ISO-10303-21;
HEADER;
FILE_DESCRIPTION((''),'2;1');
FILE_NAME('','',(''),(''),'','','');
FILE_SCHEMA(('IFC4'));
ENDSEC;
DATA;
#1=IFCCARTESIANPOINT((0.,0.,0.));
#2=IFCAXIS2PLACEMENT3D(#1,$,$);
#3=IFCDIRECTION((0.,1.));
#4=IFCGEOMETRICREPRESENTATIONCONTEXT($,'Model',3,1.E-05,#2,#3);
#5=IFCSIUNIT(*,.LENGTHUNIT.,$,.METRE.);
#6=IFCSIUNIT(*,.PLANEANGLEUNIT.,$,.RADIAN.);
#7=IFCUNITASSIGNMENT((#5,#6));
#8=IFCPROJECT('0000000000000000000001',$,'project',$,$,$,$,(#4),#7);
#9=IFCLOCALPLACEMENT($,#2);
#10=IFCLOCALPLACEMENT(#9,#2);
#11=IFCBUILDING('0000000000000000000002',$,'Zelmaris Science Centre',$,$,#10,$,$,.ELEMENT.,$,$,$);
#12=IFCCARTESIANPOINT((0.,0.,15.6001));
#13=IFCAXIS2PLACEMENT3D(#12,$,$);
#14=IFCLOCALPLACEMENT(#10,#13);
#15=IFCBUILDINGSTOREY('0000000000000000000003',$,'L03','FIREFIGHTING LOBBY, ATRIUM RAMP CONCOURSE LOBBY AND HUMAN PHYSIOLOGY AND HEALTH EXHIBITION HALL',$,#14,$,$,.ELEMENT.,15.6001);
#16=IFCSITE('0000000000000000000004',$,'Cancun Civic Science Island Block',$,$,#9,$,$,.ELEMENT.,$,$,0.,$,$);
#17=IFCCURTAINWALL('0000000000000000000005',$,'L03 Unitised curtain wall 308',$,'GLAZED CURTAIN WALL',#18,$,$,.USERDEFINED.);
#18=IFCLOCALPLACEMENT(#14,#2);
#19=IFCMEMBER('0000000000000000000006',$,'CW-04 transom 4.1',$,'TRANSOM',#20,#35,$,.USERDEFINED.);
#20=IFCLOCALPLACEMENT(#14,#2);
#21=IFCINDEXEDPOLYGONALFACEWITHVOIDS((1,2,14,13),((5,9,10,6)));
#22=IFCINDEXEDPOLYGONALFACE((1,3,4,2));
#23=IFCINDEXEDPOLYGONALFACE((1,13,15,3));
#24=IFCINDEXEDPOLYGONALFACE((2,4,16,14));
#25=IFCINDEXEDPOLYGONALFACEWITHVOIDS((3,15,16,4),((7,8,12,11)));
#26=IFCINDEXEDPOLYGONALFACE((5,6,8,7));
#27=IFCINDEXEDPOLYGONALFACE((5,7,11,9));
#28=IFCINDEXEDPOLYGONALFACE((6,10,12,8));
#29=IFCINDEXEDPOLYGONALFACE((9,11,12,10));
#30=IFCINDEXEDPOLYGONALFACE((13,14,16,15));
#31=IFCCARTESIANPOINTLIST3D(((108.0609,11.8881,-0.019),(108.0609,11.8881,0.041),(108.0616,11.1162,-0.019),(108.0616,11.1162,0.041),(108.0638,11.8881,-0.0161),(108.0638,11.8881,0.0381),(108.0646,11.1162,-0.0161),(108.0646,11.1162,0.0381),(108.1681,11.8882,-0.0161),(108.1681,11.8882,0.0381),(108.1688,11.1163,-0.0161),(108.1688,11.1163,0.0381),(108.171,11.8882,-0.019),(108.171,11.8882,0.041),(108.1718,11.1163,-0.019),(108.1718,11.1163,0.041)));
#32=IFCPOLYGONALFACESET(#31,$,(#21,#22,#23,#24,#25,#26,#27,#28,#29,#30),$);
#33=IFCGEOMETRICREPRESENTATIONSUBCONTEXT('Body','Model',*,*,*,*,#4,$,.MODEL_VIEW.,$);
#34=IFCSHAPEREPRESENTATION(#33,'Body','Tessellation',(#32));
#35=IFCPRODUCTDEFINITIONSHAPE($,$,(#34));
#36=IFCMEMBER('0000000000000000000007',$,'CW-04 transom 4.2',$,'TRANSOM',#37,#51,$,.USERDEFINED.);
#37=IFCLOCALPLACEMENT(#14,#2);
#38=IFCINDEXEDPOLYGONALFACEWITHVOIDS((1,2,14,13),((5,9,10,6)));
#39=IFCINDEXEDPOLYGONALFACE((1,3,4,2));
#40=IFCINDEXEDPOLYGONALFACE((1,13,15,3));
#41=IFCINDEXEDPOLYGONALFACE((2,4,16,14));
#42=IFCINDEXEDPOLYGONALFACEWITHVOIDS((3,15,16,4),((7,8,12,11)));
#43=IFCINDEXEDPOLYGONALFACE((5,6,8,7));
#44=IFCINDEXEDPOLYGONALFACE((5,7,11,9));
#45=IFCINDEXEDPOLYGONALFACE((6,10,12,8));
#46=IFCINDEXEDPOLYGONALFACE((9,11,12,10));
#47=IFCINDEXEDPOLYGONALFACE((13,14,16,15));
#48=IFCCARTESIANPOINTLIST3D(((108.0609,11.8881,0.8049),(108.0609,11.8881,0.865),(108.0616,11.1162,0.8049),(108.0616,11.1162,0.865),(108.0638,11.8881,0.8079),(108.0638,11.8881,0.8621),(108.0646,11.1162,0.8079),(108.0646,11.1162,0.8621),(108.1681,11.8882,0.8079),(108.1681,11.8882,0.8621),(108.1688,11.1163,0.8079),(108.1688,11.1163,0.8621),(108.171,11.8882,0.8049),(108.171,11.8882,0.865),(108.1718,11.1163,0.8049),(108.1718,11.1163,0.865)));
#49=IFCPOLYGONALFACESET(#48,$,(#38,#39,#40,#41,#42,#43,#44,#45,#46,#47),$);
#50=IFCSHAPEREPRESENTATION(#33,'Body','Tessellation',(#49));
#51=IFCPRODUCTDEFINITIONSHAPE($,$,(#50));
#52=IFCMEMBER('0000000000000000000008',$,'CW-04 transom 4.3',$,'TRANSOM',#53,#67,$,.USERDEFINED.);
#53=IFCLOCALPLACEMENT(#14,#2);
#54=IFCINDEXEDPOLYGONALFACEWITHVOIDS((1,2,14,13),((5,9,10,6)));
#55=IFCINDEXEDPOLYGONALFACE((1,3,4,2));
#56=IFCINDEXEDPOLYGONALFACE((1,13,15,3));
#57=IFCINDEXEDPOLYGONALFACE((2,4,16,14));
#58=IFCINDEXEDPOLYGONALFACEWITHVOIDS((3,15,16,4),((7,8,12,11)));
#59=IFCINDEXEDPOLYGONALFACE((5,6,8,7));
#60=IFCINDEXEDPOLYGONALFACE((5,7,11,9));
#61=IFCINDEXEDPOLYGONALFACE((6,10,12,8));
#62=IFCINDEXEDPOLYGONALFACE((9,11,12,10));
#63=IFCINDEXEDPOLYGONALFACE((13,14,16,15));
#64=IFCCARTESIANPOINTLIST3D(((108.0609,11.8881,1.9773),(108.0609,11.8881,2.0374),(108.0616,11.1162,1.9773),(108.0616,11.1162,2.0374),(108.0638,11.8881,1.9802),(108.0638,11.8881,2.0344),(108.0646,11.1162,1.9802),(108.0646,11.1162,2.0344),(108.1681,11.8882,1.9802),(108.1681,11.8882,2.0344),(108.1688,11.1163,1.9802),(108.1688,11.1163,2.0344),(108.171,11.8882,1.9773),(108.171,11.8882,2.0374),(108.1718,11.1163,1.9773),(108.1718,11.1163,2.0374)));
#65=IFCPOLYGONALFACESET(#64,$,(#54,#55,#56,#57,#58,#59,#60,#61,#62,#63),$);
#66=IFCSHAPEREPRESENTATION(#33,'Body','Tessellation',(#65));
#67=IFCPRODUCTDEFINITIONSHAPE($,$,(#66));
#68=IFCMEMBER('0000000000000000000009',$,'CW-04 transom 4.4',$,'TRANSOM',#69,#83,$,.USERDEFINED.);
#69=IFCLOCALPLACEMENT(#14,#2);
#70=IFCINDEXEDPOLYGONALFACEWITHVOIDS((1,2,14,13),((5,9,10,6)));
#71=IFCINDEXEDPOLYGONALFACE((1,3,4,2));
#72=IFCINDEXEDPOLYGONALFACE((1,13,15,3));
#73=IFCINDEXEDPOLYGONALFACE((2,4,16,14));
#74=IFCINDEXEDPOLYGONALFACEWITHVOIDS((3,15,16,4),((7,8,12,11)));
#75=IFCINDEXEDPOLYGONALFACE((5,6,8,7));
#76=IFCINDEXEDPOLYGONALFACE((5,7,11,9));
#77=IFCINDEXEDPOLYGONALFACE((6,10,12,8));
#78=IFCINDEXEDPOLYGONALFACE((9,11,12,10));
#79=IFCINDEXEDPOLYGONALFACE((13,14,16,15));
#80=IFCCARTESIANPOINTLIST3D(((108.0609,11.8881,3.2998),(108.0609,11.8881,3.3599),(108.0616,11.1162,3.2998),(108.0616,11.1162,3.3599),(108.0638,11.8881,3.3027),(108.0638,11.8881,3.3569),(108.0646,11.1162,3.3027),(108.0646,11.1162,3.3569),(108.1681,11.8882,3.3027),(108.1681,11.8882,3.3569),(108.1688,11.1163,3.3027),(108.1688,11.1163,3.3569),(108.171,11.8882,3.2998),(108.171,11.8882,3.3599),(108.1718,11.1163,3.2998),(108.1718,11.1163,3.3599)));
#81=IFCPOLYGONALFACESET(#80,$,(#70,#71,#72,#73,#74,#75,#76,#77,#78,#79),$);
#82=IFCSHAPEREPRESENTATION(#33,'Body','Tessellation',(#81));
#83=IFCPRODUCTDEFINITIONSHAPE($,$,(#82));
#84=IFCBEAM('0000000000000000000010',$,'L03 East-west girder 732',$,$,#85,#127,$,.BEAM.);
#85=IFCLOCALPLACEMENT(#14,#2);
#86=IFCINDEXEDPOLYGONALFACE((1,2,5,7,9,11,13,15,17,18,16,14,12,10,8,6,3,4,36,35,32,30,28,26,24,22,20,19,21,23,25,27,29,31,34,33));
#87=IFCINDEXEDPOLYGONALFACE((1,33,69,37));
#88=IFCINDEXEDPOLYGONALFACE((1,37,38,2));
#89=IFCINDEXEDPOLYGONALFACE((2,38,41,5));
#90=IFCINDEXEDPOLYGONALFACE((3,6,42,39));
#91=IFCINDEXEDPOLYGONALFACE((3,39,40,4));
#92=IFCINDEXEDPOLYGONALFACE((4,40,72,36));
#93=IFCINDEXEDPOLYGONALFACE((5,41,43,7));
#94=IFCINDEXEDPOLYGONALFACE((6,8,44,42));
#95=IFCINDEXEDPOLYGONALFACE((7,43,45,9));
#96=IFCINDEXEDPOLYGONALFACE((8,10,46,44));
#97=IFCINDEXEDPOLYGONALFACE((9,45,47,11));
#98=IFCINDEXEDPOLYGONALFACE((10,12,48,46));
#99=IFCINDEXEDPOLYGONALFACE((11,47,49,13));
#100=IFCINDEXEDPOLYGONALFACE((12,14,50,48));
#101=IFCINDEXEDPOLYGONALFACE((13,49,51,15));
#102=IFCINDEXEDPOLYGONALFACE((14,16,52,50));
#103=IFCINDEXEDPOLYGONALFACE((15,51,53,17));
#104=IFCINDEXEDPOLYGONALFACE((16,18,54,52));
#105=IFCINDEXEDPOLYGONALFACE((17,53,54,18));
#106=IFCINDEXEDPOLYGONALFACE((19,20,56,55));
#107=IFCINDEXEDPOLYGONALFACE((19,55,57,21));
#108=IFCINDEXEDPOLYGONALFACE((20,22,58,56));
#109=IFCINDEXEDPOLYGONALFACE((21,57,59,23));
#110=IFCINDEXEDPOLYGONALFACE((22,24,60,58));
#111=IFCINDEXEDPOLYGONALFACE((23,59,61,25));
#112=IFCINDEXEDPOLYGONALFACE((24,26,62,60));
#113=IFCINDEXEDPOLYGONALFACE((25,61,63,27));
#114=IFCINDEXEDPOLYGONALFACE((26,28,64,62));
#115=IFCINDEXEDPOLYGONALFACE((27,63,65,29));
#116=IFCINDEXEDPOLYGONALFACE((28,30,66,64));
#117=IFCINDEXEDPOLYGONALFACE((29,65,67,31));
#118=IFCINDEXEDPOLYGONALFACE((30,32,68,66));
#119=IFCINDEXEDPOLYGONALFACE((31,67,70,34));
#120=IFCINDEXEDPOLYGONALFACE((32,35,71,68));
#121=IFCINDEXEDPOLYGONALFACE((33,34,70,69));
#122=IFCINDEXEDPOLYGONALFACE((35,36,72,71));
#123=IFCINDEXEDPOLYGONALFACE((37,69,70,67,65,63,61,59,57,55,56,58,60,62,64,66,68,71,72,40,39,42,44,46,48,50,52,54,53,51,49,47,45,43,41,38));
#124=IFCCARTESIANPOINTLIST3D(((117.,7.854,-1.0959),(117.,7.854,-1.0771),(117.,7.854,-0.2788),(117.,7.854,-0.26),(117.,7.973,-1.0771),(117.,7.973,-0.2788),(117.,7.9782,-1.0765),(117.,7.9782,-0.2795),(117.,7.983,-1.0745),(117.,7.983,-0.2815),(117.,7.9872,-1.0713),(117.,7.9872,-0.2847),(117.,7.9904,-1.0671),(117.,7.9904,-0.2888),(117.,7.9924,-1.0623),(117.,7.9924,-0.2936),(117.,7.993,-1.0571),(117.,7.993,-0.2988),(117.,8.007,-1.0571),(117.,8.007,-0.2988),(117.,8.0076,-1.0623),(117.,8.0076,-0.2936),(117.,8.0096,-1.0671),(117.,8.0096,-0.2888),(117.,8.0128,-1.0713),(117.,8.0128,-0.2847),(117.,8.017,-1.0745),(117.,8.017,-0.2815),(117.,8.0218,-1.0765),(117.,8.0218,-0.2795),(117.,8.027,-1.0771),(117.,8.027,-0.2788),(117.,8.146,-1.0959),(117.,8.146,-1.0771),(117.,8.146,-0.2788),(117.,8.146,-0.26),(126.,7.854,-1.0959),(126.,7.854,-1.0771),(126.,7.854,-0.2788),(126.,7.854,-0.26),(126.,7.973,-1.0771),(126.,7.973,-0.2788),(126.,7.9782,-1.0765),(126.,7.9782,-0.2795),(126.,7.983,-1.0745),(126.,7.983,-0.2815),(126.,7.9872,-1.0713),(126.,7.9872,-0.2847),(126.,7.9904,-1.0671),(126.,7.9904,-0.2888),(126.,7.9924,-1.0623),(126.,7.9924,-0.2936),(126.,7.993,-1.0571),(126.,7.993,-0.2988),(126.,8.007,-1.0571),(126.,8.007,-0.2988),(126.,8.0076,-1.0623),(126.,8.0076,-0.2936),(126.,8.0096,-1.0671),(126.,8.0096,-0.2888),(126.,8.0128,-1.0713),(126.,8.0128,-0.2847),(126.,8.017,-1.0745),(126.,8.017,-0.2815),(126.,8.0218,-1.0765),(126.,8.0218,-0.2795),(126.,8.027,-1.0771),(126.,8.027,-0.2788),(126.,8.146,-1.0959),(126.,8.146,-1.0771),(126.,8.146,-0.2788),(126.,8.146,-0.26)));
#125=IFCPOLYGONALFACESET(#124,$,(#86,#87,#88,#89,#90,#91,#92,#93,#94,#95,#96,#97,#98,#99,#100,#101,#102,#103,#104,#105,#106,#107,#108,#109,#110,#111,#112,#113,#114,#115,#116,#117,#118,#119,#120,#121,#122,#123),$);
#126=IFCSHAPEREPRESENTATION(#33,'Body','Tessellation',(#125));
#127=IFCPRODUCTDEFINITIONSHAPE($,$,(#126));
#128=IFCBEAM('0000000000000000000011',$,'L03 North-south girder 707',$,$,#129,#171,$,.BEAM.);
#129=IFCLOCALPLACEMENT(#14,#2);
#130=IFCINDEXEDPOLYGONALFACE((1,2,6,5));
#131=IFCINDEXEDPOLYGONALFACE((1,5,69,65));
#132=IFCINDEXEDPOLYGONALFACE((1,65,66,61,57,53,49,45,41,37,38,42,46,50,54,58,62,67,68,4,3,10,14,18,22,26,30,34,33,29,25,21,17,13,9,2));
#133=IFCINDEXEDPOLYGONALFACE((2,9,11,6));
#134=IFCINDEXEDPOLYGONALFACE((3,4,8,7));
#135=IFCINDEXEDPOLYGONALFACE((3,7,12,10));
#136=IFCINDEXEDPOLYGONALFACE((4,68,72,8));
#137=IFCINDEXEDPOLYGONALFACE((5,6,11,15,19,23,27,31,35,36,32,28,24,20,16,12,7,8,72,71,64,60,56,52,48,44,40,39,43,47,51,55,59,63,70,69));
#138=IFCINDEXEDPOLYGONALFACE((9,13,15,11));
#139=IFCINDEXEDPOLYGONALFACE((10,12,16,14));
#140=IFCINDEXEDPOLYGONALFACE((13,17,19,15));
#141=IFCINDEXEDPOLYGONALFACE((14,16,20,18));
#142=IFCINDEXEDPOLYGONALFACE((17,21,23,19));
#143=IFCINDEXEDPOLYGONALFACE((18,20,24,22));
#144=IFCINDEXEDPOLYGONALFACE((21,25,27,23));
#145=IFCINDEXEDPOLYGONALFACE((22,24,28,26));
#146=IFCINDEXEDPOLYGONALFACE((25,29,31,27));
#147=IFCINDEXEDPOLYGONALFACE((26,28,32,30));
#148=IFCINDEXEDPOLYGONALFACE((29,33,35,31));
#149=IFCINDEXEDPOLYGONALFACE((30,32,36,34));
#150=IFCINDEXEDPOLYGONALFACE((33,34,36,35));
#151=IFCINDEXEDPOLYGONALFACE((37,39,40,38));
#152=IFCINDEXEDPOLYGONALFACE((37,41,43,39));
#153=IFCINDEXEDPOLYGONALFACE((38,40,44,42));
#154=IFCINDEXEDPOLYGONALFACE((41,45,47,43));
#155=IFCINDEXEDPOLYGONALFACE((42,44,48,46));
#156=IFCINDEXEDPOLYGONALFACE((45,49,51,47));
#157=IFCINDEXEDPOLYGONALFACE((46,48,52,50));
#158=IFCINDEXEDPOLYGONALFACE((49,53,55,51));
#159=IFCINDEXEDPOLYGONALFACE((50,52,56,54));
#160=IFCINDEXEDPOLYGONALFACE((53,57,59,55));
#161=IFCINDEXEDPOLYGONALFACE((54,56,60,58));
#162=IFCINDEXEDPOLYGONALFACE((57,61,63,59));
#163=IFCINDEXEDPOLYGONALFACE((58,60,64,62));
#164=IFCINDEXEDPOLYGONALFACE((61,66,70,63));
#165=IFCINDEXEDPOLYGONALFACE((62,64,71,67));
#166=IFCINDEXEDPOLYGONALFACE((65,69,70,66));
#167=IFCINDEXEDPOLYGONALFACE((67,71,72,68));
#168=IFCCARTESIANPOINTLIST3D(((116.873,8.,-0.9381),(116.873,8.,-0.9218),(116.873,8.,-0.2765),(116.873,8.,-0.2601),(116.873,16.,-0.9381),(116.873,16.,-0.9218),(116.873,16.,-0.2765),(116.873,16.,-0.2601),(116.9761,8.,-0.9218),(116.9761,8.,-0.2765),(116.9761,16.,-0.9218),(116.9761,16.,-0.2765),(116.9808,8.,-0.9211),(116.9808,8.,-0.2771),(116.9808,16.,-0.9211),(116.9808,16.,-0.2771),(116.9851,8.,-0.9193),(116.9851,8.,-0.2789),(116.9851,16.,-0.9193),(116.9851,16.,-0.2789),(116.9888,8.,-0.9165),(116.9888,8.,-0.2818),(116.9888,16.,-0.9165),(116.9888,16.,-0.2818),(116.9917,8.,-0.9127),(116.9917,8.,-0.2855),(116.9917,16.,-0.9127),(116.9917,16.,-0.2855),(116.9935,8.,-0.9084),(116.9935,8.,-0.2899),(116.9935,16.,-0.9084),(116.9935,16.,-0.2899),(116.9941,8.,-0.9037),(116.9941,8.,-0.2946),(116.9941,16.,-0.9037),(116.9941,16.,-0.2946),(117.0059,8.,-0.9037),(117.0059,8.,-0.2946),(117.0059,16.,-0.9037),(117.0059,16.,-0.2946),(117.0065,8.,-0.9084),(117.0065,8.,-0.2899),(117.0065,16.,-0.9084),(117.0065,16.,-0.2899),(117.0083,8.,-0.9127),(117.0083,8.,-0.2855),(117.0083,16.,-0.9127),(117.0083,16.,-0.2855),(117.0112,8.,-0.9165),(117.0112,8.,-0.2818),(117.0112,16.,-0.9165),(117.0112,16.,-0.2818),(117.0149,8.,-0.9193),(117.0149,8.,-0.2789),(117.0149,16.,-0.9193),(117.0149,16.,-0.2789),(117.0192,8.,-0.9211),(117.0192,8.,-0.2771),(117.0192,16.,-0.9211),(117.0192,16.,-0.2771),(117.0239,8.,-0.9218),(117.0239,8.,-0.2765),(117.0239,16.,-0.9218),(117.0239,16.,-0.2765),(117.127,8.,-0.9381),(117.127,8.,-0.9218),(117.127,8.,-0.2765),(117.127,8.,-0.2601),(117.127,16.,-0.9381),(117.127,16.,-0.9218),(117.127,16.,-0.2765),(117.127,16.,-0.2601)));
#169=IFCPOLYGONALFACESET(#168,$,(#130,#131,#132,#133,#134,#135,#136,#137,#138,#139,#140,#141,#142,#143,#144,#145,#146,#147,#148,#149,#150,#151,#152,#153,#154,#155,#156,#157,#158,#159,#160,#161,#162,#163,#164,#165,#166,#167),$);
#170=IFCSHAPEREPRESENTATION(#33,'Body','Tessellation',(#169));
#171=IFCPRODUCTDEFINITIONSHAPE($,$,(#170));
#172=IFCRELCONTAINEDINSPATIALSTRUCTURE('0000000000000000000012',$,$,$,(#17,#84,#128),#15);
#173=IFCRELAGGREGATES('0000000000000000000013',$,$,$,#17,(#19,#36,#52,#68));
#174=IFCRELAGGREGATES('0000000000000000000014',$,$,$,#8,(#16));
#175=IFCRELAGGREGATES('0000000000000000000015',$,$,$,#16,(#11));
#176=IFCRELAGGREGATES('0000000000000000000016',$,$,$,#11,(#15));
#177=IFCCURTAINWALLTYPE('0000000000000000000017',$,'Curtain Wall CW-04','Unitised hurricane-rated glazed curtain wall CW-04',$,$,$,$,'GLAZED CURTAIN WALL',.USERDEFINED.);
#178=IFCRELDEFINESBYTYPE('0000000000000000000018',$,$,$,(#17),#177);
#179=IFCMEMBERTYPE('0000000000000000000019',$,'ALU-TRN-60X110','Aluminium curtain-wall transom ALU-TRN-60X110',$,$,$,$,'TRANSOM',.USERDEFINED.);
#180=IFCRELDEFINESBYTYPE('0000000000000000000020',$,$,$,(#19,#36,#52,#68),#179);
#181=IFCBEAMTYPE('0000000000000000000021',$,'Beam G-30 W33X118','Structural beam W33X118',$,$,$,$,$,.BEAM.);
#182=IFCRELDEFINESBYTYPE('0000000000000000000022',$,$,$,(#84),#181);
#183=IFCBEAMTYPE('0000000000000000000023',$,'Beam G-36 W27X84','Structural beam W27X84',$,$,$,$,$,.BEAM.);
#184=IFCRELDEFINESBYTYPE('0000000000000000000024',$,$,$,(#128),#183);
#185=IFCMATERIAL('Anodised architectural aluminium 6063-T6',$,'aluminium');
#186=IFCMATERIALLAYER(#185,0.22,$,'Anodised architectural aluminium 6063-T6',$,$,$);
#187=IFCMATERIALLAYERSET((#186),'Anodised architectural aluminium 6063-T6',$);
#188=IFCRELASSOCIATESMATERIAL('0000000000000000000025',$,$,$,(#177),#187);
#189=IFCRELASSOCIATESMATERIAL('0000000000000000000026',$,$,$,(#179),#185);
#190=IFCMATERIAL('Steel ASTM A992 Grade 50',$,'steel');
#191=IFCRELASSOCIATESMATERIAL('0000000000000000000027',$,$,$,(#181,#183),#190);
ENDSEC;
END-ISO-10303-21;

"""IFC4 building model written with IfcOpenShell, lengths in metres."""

from ifc_helpers import new_model, si_unit, direction, frame, origin, origin_2d, place, context, subcontext, project, spatial, hollow_rectangle, i_section, extrude, material, layer, layer_set, material_profile, profile_set, type_object, element, aggregate, save


model = new_model("IFC4")

# Units and contexts
model_context = context("Model", 3, precision=1e-05, world=origin(), true_north=direction((0.0, 1.0)))
body_context = subcontext(model_context, "Body", "Model", "MODEL_VIEW")
ifc_project = project(units=[si_unit("LENGTHUNIT", "METRE"), si_unit("PLANEANGLEUNIT", "RADIAN")], contexts=[model_context])

# Site, building, storey
site_placement = place(None, origin())
site = spatial("IfcSite", under=ifc_project, at=site_placement, Name="Cancun Civic Science Island Block", CompositionType="ELEMENT", RefElevation=0.0)
building_placement = place(site_placement, origin())
building = spatial("IfcBuilding", under=site, at=building_placement, Name="Zelmaris Science Centre", CompositionType="ELEMENT")
storey_placement = place(building_placement, frame((0.0, 0.0, 15.6001)))
storey = spatial("IfcBuildingStorey", under=building, at=storey_placement, Name="L03", Description="FIREFIGHTING LOBBY, ATRIUM RAMP CONCOURSE LOBBY AND HUMAN PHYSIOLOGY AND HEALTH EXHIBITION HALL", CompositionType="ELEMENT", Elevation=15.6001)

# Curtain wall, members
ifc_material_1 = material(Name="Anodised architectural aluminium 6063-T6", Category="aluminium")
ifc_layer_1 = layer(ifc_material_1, 0.22, Name="Anodised architectural aluminium 6063-T6")
ifc_layer_set_1 = layer_set([ifc_layer_1], Name="Anodised architectural aluminium 6063-T6")
curtain_wall_type = type_object("IfcCurtainWallType", Name="Curtain Wall CW-04", Description="Unitised hurricane-rated glazed curtain wall CW-04", ElementType="GLAZED CURTAIN WALL", PredefinedType="USERDEFINED", material=ifc_layer_set_1)
curtain_wall_placement = place(storey_placement, origin())
curtain_wall = element("IfcCurtainWall", 1, at=curtain_wall_placement, inside=storey, type_object=curtain_wall_type, Name="L03 Unitised curtain wall 308", ObjectType="GLAZED CURTAIN WALL", PredefinedType="USERDEFINED")
ifc_material_profile_1 = material_profile(ifc_material_1, hollow_rectangle(XDim=0.0601, YDim=0.1101, WallThickness=0.0029, at=origin_2d()), Name="ALU-TRN-60X110")
ifc_profile_set_1 = profile_set([ifc_material_profile_1], Name="Anodised architectural aluminium 6063-T6")
member_type_1 = type_object("IfcMemberType", Name="ALU-TRN-60X110", Description="Aluminium curtain-wall transom ALU-TRN-60X110", ElementType="TRANSOM", PredefinedType="USERDEFINED", material=ifc_profile_set_1)
member_1_placement = place(storey_placement, frame((108.1167, 11.1162, 0.011), z_axis=(-0.000949, 1.0, 0.0), x_axis=(0.0, 0.0, 1.0)))
member_1 = element("IfcMember", 2, at=member_1_placement, type_object=member_type_1, Name="CW-04 transom 4.1", ObjectType="TRANSOM", PredefinedType="USERDEFINED", context=body_context, shape_type="SweptSolid", body=[
    extrude(hollow_rectangle(XDim=0.0601, YDim=0.1101, WallThickness=0.0029, at=origin_2d()), origin(), (0.0, 0.0, 1.0), 0.772),
])
member_2_placement = place(storey_placement, frame((108.1167, 11.1162, 0.835), z_axis=(-0.000949, 1.0, 0.0), x_axis=(0.0, 0.0, 1.0)))
member_2 = element("IfcMember", 3, at=member_2_placement, type_object=member_type_1, Name="CW-04 transom 4.2", ObjectType="TRANSOM", PredefinedType="USERDEFINED", context=body_context, shape_type="SweptSolid", body=[
    extrude(hollow_rectangle(XDim=0.0601, YDim=0.1101, WallThickness=0.0029, at=origin_2d()), origin(), (0.0, 0.0, 1.0), 0.772),
])
member_3_placement = place(storey_placement, frame((108.1167, 11.1162, 2.0073), z_axis=(-0.000949, 1.0, 0.0), x_axis=(0.0, 0.0, 1.0)))
member_3 = element("IfcMember", 4, at=member_3_placement, type_object=member_type_1, Name="CW-04 transom 4.3", ObjectType="TRANSOM", PredefinedType="USERDEFINED", context=body_context, shape_type="SweptSolid", body=[
    extrude(hollow_rectangle(XDim=0.0601, YDim=0.1101, WallThickness=0.0029, at=origin_2d()), origin(), (0.0, 0.0, 1.0), 0.772),
])
member_4_placement = place(storey_placement, frame((108.1167, 11.1162, 3.3298), z_axis=(-0.000949, 1.0, 0.0), x_axis=(0.0, 0.0, 1.0)))
member_4 = element("IfcMember", 5, at=member_4_placement, type_object=member_type_1, Name="CW-04 transom 4.4", ObjectType="TRANSOM", PredefinedType="USERDEFINED", context=body_context, shape_type="SweptSolid", body=[
    extrude(hollow_rectangle(XDim=0.0601, YDim=0.1101, WallThickness=0.0029, at=origin_2d()), origin(), (0.0, 0.0, 1.0), 0.772),
])

# Beams
ifc_material_2 = material(Name="Steel ASTM A992 Grade 50", Category="steel")
ifc_material_profile_2 = material_profile(ifc_material_2, i_section(OverallWidth=0.292, OverallDepth=0.8359, WebThickness=0.0139, FlangeThickness=0.0188, FilletRadius=0.02, at=origin_2d()), Name="W33X118")
ifc_profile_set_2 = profile_set([ifc_material_profile_2], Name="Steel ASTM A992 Grade 50")
beam_type_1 = type_object("IfcBeamType", Name="Beam G-30 W33X118", Description="Structural beam W33X118", PredefinedType="BEAM", material=ifc_profile_set_2)
beam_1_placement = place(storey_placement, frame((117.0, 8.0, -0.678), z_axis=(1.0, 0.0, 0.0), x_axis=(0.0, 1.0, 0.0)))
element("IfcBeam", 6, at=beam_1_placement, inside=storey, type_object=beam_type_1, Name="L03 East-west girder 732", PredefinedType="BEAM", context=body_context, shape_type="SweptSolid", body=[
    extrude(i_section(OverallWidth=0.292, OverallDepth=0.8359, WebThickness=0.0139, FlangeThickness=0.0188, FilletRadius=0.02, at=origin_2d()), origin(), (0.0, 0.0, 1.0), 9.0),
])
ifc_material_profile_3 = material_profile(ifc_material_2, i_section(OverallWidth=0.2539, OverallDepth=0.678, WebThickness=0.0117, FlangeThickness=0.0164, FilletRadius=0.0181, at=origin_2d()), Name="W27X84")
ifc_profile_set_3 = profile_set([ifc_material_profile_3], Name="Steel ASTM A992 Grade 50")
beam_type_2 = type_object("IfcBeamType", Name="Beam G-36 W27X84", Description="Structural beam W27X84", PredefinedType="BEAM", material=ifc_profile_set_3)
beam_2_placement = place(storey_placement, frame((117.0, 8.0, -0.5991), z_axis=(0.0, 1.0, 0.0), x_axis=(-1.0, 0.0, 0.0)))
element("IfcBeam", 7, at=beam_2_placement, inside=storey, type_object=beam_type_2, Name="L03 North-south girder 707", PredefinedType="BEAM", context=body_context, shape_type="SweptSolid", body=[
    extrude(i_section(OverallWidth=0.2539, OverallDepth=0.678, WebThickness=0.0117, FlangeThickness=0.0164, FilletRadius=0.0181, at=origin_2d()), origin(), (0.0, 0.0, 1.0), 8.0),
])

aggregate(curtain_wall, [member_1, member_2, member_3, member_4])

save(model, "model.ifc")
